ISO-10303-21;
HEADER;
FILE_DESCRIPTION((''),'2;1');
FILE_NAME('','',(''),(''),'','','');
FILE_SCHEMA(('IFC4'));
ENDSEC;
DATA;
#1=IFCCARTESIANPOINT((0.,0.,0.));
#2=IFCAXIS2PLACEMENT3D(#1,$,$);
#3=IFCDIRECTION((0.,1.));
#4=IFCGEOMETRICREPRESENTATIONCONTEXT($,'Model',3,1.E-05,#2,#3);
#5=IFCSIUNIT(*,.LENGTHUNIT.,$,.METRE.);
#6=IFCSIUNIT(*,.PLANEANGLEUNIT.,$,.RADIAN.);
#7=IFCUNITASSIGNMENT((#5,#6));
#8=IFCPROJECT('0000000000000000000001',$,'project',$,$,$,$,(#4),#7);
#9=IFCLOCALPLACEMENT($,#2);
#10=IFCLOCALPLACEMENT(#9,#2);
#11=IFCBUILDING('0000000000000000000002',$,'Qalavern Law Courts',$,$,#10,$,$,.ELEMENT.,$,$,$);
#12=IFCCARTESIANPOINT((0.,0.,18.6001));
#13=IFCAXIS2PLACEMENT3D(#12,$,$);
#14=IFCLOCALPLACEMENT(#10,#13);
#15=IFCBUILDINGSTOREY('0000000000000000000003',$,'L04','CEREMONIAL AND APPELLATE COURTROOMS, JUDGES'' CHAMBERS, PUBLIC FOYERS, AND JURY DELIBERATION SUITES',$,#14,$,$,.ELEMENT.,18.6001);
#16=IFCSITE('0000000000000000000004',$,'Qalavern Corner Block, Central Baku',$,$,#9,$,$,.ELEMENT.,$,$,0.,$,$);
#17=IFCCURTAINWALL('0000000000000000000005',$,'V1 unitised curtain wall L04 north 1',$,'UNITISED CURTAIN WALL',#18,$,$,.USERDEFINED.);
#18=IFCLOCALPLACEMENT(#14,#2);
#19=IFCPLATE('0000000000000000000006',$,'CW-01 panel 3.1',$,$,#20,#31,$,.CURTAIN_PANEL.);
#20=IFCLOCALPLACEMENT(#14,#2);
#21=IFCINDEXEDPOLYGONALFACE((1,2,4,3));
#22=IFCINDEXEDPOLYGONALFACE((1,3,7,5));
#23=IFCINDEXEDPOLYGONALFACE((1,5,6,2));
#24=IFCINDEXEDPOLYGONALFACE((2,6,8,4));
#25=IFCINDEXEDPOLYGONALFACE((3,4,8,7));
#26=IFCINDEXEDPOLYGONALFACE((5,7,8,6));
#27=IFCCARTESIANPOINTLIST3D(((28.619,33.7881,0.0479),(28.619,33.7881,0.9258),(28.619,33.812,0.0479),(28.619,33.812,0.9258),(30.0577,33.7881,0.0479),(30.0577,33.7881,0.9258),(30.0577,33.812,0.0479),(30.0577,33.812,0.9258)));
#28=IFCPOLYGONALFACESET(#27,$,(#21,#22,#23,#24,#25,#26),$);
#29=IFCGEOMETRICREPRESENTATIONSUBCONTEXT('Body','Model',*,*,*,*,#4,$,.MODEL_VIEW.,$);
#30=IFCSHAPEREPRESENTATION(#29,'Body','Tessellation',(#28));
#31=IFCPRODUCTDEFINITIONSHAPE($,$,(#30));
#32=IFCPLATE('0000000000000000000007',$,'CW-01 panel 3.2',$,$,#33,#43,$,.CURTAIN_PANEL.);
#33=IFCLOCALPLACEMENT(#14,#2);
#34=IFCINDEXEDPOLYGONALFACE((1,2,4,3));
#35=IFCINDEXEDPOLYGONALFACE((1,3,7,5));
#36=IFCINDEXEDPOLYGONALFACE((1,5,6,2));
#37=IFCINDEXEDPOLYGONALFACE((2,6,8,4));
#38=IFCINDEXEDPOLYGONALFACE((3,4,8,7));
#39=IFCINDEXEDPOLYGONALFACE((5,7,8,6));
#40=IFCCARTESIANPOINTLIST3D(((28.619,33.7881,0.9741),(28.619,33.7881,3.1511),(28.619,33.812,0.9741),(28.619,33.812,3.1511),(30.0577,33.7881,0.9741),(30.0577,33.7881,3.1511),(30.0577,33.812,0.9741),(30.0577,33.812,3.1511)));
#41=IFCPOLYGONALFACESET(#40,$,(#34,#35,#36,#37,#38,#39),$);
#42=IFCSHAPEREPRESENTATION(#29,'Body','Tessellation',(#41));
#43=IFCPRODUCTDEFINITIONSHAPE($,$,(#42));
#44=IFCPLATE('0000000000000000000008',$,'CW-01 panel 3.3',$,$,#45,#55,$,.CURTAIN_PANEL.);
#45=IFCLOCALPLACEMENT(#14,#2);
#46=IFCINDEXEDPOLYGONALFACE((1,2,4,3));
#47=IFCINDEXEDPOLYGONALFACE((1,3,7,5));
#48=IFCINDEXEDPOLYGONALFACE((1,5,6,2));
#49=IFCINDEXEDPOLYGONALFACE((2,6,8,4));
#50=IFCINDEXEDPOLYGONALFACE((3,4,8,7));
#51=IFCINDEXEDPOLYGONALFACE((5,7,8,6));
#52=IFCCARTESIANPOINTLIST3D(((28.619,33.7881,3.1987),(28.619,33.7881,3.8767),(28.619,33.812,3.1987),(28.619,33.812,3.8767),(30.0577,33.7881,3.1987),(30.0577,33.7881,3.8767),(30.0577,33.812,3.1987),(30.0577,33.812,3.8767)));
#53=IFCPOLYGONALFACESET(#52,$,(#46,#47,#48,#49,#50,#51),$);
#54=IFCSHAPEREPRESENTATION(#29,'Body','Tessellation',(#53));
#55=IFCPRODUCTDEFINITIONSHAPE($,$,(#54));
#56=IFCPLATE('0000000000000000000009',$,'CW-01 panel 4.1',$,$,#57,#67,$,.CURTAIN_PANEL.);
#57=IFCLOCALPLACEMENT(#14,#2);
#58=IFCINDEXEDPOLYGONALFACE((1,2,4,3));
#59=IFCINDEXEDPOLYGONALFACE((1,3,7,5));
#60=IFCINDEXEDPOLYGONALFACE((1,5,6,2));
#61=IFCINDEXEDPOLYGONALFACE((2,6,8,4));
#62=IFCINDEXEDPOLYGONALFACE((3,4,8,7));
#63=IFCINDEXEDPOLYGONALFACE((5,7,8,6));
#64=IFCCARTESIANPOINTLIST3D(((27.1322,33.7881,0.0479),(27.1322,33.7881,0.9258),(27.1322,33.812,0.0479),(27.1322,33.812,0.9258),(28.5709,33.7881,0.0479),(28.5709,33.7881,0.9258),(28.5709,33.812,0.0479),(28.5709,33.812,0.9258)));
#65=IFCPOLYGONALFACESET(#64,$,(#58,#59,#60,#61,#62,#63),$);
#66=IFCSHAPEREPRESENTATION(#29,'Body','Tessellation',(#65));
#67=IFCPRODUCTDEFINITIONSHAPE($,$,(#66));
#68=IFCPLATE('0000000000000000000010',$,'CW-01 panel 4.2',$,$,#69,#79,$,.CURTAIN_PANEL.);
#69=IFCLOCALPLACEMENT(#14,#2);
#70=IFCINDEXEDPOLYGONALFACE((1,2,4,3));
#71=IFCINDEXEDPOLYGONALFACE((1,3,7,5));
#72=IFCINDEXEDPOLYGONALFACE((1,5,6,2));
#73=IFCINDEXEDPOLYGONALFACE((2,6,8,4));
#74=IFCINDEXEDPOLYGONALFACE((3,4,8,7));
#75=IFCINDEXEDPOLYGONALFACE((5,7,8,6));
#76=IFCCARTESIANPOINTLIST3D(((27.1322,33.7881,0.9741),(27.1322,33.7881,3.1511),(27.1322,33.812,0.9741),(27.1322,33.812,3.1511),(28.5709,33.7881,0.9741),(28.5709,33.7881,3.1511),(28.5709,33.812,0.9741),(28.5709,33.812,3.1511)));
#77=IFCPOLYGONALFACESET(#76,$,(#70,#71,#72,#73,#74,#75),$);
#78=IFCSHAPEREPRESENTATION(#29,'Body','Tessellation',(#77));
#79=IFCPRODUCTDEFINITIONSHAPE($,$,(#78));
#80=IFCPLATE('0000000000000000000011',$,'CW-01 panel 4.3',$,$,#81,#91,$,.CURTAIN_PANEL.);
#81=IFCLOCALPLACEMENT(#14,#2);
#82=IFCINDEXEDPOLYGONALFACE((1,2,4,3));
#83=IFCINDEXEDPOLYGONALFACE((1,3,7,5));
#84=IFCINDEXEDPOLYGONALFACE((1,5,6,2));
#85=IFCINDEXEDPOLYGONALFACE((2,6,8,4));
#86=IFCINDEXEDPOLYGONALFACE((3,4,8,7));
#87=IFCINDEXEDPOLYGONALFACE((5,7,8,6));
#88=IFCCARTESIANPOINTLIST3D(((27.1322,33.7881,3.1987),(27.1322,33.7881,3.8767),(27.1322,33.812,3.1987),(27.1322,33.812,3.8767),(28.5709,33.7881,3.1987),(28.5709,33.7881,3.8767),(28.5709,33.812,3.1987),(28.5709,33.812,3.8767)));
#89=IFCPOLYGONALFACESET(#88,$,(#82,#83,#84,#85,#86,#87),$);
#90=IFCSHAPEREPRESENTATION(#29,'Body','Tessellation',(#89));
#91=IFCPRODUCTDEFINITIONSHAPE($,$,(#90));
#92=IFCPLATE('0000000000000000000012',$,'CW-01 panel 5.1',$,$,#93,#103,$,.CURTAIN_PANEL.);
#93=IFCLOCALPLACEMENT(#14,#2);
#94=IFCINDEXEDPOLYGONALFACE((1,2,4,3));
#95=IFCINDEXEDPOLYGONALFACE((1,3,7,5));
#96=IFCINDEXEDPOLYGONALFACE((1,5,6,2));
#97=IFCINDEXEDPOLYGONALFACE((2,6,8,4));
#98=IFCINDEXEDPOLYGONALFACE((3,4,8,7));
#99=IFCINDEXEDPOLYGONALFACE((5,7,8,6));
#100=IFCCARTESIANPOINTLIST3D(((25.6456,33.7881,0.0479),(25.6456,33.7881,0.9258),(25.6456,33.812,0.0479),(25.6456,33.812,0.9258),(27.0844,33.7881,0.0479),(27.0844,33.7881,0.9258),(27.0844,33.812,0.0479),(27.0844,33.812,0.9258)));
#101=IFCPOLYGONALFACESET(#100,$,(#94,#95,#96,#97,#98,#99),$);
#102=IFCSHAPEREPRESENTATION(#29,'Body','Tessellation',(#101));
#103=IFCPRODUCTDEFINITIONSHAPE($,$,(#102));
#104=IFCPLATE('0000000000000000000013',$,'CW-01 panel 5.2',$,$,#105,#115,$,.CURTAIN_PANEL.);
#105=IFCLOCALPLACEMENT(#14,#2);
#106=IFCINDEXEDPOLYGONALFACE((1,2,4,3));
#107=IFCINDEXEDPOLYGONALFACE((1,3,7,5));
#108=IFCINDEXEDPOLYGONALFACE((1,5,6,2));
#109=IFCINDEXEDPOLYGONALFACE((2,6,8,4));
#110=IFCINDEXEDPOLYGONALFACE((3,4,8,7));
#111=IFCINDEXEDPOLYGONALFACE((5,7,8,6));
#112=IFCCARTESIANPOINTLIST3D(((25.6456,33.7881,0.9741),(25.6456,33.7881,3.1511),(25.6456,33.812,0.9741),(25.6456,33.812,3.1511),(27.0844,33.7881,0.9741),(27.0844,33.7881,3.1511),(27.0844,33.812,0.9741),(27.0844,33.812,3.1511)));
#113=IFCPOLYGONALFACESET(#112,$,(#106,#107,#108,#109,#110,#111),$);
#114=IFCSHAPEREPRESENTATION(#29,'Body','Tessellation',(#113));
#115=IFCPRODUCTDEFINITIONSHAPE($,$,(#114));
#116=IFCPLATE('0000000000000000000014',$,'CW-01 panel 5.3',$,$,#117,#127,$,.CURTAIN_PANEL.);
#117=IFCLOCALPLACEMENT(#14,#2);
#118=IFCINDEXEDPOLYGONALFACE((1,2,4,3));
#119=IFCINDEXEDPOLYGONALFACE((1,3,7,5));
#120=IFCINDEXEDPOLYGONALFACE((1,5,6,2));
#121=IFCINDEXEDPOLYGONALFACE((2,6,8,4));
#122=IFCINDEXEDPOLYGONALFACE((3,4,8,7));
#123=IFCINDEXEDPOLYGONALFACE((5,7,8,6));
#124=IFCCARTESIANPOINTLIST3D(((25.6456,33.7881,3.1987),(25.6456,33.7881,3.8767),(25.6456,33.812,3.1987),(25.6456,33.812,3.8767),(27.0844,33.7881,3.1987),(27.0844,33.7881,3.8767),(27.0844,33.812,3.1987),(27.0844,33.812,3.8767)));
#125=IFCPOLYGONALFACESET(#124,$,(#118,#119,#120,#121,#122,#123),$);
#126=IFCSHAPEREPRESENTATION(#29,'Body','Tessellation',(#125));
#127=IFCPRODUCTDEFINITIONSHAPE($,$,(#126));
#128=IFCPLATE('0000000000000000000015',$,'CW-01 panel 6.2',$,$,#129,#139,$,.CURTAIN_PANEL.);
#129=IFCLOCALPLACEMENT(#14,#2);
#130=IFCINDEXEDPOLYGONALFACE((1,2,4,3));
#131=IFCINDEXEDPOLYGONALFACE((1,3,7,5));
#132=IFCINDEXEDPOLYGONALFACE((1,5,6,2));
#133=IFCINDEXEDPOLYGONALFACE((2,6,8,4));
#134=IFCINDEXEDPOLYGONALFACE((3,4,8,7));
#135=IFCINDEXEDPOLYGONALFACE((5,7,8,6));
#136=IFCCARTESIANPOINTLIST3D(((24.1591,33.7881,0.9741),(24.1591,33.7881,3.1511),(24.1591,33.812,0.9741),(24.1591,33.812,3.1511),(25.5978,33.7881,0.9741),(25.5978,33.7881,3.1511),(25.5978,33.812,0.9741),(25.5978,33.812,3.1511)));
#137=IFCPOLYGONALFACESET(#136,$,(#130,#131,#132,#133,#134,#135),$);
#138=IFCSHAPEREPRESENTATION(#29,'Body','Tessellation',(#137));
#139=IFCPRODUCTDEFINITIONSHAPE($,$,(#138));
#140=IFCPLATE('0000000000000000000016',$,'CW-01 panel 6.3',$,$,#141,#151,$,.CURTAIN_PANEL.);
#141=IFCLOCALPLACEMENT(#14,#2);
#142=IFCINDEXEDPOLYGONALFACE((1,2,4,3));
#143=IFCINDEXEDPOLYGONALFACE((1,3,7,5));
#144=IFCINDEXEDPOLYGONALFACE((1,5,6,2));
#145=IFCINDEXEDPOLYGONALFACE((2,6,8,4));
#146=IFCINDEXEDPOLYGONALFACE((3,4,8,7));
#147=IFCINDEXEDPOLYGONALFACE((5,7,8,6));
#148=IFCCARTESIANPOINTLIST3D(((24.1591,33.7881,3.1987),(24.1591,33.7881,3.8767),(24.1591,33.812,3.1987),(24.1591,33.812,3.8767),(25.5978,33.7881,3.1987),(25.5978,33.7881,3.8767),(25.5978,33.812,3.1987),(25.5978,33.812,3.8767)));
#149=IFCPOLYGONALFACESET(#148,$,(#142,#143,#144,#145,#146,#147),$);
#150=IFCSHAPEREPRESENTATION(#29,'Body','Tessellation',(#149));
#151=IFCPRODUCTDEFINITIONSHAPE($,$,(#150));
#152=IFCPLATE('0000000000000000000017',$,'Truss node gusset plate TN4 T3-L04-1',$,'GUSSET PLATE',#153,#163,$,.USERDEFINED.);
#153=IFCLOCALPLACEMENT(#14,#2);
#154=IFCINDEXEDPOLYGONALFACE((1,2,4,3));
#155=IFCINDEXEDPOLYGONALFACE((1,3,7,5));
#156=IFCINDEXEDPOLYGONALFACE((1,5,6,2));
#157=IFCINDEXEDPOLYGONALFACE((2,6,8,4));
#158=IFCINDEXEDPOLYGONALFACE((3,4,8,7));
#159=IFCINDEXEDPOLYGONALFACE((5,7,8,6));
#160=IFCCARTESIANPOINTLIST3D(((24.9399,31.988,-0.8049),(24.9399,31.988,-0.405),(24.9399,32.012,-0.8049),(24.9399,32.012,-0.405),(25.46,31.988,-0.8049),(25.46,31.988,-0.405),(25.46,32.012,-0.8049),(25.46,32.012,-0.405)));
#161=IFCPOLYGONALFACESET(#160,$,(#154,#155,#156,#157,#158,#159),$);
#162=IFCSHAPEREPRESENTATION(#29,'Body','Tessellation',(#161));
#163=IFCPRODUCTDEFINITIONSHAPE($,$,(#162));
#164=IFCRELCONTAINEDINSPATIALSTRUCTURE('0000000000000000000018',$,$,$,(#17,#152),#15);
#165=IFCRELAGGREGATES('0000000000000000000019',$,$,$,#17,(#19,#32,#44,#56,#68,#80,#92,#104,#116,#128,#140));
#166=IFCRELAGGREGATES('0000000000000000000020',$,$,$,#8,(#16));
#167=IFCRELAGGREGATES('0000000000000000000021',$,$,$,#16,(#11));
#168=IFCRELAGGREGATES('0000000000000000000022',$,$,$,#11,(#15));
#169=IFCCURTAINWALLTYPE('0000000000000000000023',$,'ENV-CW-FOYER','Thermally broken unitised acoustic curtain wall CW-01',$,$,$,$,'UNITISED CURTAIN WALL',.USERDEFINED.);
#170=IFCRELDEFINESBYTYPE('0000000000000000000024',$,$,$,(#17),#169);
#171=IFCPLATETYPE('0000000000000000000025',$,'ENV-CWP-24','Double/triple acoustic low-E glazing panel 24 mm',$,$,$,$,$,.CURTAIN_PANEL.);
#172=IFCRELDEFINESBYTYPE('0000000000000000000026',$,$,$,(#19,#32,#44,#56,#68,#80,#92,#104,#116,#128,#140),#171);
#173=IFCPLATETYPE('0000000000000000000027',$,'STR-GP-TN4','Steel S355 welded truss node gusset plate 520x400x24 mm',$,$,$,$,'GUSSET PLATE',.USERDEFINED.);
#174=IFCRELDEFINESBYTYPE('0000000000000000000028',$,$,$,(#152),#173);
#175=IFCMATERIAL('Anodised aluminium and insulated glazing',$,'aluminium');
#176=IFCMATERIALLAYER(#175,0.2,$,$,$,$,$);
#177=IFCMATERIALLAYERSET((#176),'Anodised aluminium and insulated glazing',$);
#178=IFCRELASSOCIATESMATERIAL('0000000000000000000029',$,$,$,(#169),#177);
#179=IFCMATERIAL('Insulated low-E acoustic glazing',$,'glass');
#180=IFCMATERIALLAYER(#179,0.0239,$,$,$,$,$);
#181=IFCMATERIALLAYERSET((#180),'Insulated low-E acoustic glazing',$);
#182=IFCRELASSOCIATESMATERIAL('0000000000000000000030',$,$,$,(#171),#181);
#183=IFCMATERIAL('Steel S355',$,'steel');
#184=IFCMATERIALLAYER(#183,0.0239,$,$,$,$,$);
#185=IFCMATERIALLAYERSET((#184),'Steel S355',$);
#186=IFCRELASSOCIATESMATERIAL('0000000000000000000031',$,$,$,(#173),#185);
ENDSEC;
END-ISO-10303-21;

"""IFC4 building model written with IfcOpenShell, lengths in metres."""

from ifc_helpers import new_model, si_unit, direction, frame, origin, origin_2d, place, context, subcontext, project, spatial, rectangle, extrude, material, layer, layer_set, type_object, element, aggregate, save


model = new_model("IFC4")

# Units and contexts
model_context = context("Model", 3, precision=1e-05, world=origin(), true_north=direction((0.0, 1.0)))
body_context = subcontext(model_context, "Body", "Model", "MODEL_VIEW")
ifc_project = project(units=[si_unit("LENGTHUNIT", "METRE"), si_unit("PLANEANGLEUNIT", "RADIAN")], contexts=[model_context])

# Site, building, storey
site_placement = place(None, origin())
site = spatial("IfcSite", under=ifc_project, at=site_placement, Name="Qalavern Corner Block, Central Baku", CompositionType="ELEMENT", RefElevation=0.0)
building_placement = place(site_placement, origin())
building = spatial("IfcBuilding", under=site, at=building_placement, Name="Qalavern Law Courts", CompositionType="ELEMENT")
storey_placement = place(building_placement, frame((0.0, 0.0, 18.6001)))
storey = spatial("IfcBuildingStorey", under=building, at=storey_placement, Name="L04", Description="CEREMONIAL AND APPELLATE COURTROOMS, JUDGES' CHAMBERS, PUBLIC FOYERS, AND JURY DELIBERATION SUITES", CompositionType="ELEMENT", Elevation=18.6001)

# Curtain wall
ifc_material_1 = material(Name="Anodised aluminium and insulated glazing", Category="aluminium")
ifc_layer_1 = layer(ifc_material_1, 0.2)
ifc_layer_set_1 = layer_set([ifc_layer_1], Name="Anodised aluminium and insulated glazing")
curtain_wall_type = type_object("IfcCurtainWallType", Name="ENV-CW-FOYER", Description="Thermally broken unitised acoustic curtain wall CW-01", ElementType="UNITISED CURTAIN WALL", PredefinedType="USERDEFINED", material=ifc_layer_set_1)
curtain_wall_placement = place(storey_placement, origin())
curtain_wall = element("IfcCurtainWall", 1, at=curtain_wall_placement, inside=storey, type_object=curtain_wall_type, Name="V1 unitised curtain wall L04 north 1", ObjectType="UNITISED CURTAIN WALL", PredefinedType="USERDEFINED")

# Shared definitions
ifc_material_2 = material(Name="Steel S355", Category="steel")

# Plates
ifc_material_3 = material(Name="Insulated low-E acoustic glazing", Category="glass")
ifc_layer_2 = layer(ifc_material_3, 0.0239)
ifc_layer_set_2 = layer_set([ifc_layer_2], Name="Insulated low-E acoustic glazing")
plate_type_1 = type_object("IfcPlateType", Name="ENV-CWP-24", Description="Double/triple acoustic low-E glazing panel 24 mm", PredefinedType="CURTAIN_PANEL", material=ifc_layer_set_2)
plate_1_placement = place(storey_placement, frame((29.3384, 33.8, 0.0479), z_axis=(0.0, 0.0, 1.0), x_axis=(-1.0, 0.0, 0.0)))
plate_1 = element("IfcPlate", 2, at=plate_1_placement, type_object=plate_type_1, Name="CW-01 panel 3.1", PredefinedType="CURTAIN_PANEL", context=body_context, shape_type="SweptSolid", body=[
    extrude(rectangle(XDim=1.4387, YDim=0.0239, at=origin_2d()), origin(), (0.0, 0.0, 1.0), 0.8779),
])
plate_2_placement = place(storey_placement, frame((29.3384, 33.8, 0.9741), z_axis=(0.0, 0.0, 1.0), x_axis=(-1.0, 0.0, 0.0)))
plate_2 = element("IfcPlate", 3, at=plate_2_placement, type_object=plate_type_1, Name="CW-01 panel 3.2", PredefinedType="CURTAIN_PANEL", context=body_context, shape_type="SweptSolid", body=[
    extrude(rectangle(XDim=1.4387, YDim=0.0239, at=origin_2d()), origin(), (0.0, 0.0, 1.0), 2.177),
])
plate_3_placement = place(storey_placement, frame((29.3384, 33.8, 3.1987), z_axis=(0.0, 0.0, 1.0), x_axis=(-1.0, 0.0, 0.0)))
plate_3 = element("IfcPlate", 4, at=plate_3_placement, type_object=plate_type_1, Name="CW-01 panel 3.3", PredefinedType="CURTAIN_PANEL", context=body_context, shape_type="SweptSolid", body=[
    extrude(rectangle(XDim=1.4387, YDim=0.0239, at=origin_2d()), origin(), (0.0, 0.0, 1.0), 0.678),
])
plate_4_placement = place(storey_placement, frame((27.8516, 33.8, 0.0479), z_axis=(0.0, 0.0, 1.0), x_axis=(-1.0, 0.0, 0.0)))
plate_4 = element("IfcPlate", 5, at=plate_4_placement, type_object=plate_type_1, Name="CW-01 panel 4.1", PredefinedType="CURTAIN_PANEL", context=body_context, shape_type="SweptSolid", body=[
    extrude(rectangle(XDim=1.4387, YDim=0.0239, at=origin_2d()), origin(), (0.0, 0.0, 1.0), 0.8779),
])
plate_5_placement = place(storey_placement, frame((27.8516, 33.8, 0.9741), z_axis=(0.0, 0.0, 1.0), x_axis=(-1.0, 0.0, 0.0)))
plate_5 = element("IfcPlate", 6, at=plate_5_placement, type_object=plate_type_1, Name="CW-01 panel 4.2", PredefinedType="CURTAIN_PANEL", context=body_context, shape_type="SweptSolid", body=[
    extrude(rectangle(XDim=1.4387, YDim=0.0239, at=origin_2d()), origin(), (0.0, 0.0, 1.0), 2.177),
])
plate_6_placement = place(storey_placement, frame((27.8516, 33.8, 3.1987), z_axis=(0.0, 0.0, 1.0), x_axis=(-1.0, 0.0, 0.0)))
plate_6 = element("IfcPlate", 7, at=plate_6_placement, type_object=plate_type_1, Name="CW-01 panel 4.3", PredefinedType="CURTAIN_PANEL", context=body_context, shape_type="SweptSolid", body=[
    extrude(rectangle(XDim=1.4387, YDim=0.0239, at=origin_2d()), origin(), (0.0, 0.0, 1.0), 0.678),
])
plate_7_placement = place(storey_placement, frame((26.365, 33.8, 0.0479), z_axis=(0.0, 0.0, 1.0), x_axis=(-1.0, 0.0, 0.0)))
plate_7 = element("IfcPlate", 8, at=plate_7_placement, type_object=plate_type_1, Name="CW-01 panel 5.1", PredefinedType="CURTAIN_PANEL", context=body_context, shape_type="SweptSolid", body=[
    extrude(rectangle(XDim=1.4387, YDim=0.0239, at=origin_2d()), origin(), (0.0, 0.0, 1.0), 0.8779),
])
plate_8_placement = place(storey_placement, frame((26.365, 33.8, 0.9741), z_axis=(0.0, 0.0, 1.0), x_axis=(-1.0, 0.0, 0.0)))
plate_8 = element("IfcPlate", 9, at=plate_8_placement, type_object=plate_type_1, Name="CW-01 panel 5.2", PredefinedType="CURTAIN_PANEL", context=body_context, shape_type="SweptSolid", body=[
    extrude(rectangle(XDim=1.4387, YDim=0.0239, at=origin_2d()), origin(), (0.0, 0.0, 1.0), 2.177),
])
plate_9_placement = place(storey_placement, frame((26.365, 33.8, 3.1987), z_axis=(0.0, 0.0, 1.0), x_axis=(-1.0, 0.0, 0.0)))
plate_9 = element("IfcPlate", 10, at=plate_9_placement, type_object=plate_type_1, Name="CW-01 panel 5.3", PredefinedType="CURTAIN_PANEL", context=body_context, shape_type="SweptSolid", body=[
    extrude(rectangle(XDim=1.4387, YDim=0.0239, at=origin_2d()), origin(), (0.0, 0.0, 1.0), 0.678),
])
plate_10_placement = place(storey_placement, frame((24.8784, 33.8, 0.9741), z_axis=(0.0, 0.0, 1.0), x_axis=(-1.0, 0.0, 0.0)))
plate_10 = element("IfcPlate", 11, at=plate_10_placement, type_object=plate_type_1, Name="CW-01 panel 6.2", PredefinedType="CURTAIN_PANEL", context=body_context, shape_type="SweptSolid", body=[
    extrude(rectangle(XDim=1.4387, YDim=0.0239, at=origin_2d()), origin(), (0.0, 0.0, 1.0), 2.177),
])
plate_11_placement = place(storey_placement, frame((24.8784, 33.8, 3.1987), z_axis=(0.0, 0.0, 1.0), x_axis=(-1.0, 0.0, 0.0)))
plate_11 = element("IfcPlate", 12, at=plate_11_placement, type_object=plate_type_1, Name="CW-01 panel 6.3", PredefinedType="CURTAIN_PANEL", context=body_context, shape_type="SweptSolid", body=[
    extrude(rectangle(XDim=1.4387, YDim=0.0239, at=origin_2d()), origin(), (0.0, 0.0, 1.0), 0.678),
])
aggregate(curtain_wall, [plate_1, plate_2, plate_3, plate_4, plate_5, plate_6, plate_7, plate_8, plate_9, plate_10, plate_11])
ifc_layer_3 = layer(ifc_material_2, 0.0239)
ifc_layer_set_3 = layer_set([ifc_layer_3], Name="Steel S355")
plate_type_2 = type_object("IfcPlateType", Name="STR-GP-TN4", Description="Steel S355 welded truss node gusset plate 520x400x24 mm", ElementType="GUSSET PLATE", PredefinedType="USERDEFINED", material=ifc_layer_set_3)
plate_12_placement = place(storey_placement, frame((25.2, 32.0, -0.8049), z_axis=(0.0, 0.0, 1.0), x_axis=(1.0, 0.0, 0.0)))
element("IfcPlate", 13, at=plate_12_placement, inside=storey, type_object=plate_type_2, Name="Truss node gusset plate TN4 T3-L04-1", ObjectType="GUSSET PLATE", PredefinedType="USERDEFINED", context=body_context, shape_type="SweptSolid", body=[
    extrude(rectangle(XDim=0.52, YDim=0.0239, at=origin_2d()), origin(), (0.0, 0.0, 1.0), 0.3999),
])

save(model, "model.ifc")
